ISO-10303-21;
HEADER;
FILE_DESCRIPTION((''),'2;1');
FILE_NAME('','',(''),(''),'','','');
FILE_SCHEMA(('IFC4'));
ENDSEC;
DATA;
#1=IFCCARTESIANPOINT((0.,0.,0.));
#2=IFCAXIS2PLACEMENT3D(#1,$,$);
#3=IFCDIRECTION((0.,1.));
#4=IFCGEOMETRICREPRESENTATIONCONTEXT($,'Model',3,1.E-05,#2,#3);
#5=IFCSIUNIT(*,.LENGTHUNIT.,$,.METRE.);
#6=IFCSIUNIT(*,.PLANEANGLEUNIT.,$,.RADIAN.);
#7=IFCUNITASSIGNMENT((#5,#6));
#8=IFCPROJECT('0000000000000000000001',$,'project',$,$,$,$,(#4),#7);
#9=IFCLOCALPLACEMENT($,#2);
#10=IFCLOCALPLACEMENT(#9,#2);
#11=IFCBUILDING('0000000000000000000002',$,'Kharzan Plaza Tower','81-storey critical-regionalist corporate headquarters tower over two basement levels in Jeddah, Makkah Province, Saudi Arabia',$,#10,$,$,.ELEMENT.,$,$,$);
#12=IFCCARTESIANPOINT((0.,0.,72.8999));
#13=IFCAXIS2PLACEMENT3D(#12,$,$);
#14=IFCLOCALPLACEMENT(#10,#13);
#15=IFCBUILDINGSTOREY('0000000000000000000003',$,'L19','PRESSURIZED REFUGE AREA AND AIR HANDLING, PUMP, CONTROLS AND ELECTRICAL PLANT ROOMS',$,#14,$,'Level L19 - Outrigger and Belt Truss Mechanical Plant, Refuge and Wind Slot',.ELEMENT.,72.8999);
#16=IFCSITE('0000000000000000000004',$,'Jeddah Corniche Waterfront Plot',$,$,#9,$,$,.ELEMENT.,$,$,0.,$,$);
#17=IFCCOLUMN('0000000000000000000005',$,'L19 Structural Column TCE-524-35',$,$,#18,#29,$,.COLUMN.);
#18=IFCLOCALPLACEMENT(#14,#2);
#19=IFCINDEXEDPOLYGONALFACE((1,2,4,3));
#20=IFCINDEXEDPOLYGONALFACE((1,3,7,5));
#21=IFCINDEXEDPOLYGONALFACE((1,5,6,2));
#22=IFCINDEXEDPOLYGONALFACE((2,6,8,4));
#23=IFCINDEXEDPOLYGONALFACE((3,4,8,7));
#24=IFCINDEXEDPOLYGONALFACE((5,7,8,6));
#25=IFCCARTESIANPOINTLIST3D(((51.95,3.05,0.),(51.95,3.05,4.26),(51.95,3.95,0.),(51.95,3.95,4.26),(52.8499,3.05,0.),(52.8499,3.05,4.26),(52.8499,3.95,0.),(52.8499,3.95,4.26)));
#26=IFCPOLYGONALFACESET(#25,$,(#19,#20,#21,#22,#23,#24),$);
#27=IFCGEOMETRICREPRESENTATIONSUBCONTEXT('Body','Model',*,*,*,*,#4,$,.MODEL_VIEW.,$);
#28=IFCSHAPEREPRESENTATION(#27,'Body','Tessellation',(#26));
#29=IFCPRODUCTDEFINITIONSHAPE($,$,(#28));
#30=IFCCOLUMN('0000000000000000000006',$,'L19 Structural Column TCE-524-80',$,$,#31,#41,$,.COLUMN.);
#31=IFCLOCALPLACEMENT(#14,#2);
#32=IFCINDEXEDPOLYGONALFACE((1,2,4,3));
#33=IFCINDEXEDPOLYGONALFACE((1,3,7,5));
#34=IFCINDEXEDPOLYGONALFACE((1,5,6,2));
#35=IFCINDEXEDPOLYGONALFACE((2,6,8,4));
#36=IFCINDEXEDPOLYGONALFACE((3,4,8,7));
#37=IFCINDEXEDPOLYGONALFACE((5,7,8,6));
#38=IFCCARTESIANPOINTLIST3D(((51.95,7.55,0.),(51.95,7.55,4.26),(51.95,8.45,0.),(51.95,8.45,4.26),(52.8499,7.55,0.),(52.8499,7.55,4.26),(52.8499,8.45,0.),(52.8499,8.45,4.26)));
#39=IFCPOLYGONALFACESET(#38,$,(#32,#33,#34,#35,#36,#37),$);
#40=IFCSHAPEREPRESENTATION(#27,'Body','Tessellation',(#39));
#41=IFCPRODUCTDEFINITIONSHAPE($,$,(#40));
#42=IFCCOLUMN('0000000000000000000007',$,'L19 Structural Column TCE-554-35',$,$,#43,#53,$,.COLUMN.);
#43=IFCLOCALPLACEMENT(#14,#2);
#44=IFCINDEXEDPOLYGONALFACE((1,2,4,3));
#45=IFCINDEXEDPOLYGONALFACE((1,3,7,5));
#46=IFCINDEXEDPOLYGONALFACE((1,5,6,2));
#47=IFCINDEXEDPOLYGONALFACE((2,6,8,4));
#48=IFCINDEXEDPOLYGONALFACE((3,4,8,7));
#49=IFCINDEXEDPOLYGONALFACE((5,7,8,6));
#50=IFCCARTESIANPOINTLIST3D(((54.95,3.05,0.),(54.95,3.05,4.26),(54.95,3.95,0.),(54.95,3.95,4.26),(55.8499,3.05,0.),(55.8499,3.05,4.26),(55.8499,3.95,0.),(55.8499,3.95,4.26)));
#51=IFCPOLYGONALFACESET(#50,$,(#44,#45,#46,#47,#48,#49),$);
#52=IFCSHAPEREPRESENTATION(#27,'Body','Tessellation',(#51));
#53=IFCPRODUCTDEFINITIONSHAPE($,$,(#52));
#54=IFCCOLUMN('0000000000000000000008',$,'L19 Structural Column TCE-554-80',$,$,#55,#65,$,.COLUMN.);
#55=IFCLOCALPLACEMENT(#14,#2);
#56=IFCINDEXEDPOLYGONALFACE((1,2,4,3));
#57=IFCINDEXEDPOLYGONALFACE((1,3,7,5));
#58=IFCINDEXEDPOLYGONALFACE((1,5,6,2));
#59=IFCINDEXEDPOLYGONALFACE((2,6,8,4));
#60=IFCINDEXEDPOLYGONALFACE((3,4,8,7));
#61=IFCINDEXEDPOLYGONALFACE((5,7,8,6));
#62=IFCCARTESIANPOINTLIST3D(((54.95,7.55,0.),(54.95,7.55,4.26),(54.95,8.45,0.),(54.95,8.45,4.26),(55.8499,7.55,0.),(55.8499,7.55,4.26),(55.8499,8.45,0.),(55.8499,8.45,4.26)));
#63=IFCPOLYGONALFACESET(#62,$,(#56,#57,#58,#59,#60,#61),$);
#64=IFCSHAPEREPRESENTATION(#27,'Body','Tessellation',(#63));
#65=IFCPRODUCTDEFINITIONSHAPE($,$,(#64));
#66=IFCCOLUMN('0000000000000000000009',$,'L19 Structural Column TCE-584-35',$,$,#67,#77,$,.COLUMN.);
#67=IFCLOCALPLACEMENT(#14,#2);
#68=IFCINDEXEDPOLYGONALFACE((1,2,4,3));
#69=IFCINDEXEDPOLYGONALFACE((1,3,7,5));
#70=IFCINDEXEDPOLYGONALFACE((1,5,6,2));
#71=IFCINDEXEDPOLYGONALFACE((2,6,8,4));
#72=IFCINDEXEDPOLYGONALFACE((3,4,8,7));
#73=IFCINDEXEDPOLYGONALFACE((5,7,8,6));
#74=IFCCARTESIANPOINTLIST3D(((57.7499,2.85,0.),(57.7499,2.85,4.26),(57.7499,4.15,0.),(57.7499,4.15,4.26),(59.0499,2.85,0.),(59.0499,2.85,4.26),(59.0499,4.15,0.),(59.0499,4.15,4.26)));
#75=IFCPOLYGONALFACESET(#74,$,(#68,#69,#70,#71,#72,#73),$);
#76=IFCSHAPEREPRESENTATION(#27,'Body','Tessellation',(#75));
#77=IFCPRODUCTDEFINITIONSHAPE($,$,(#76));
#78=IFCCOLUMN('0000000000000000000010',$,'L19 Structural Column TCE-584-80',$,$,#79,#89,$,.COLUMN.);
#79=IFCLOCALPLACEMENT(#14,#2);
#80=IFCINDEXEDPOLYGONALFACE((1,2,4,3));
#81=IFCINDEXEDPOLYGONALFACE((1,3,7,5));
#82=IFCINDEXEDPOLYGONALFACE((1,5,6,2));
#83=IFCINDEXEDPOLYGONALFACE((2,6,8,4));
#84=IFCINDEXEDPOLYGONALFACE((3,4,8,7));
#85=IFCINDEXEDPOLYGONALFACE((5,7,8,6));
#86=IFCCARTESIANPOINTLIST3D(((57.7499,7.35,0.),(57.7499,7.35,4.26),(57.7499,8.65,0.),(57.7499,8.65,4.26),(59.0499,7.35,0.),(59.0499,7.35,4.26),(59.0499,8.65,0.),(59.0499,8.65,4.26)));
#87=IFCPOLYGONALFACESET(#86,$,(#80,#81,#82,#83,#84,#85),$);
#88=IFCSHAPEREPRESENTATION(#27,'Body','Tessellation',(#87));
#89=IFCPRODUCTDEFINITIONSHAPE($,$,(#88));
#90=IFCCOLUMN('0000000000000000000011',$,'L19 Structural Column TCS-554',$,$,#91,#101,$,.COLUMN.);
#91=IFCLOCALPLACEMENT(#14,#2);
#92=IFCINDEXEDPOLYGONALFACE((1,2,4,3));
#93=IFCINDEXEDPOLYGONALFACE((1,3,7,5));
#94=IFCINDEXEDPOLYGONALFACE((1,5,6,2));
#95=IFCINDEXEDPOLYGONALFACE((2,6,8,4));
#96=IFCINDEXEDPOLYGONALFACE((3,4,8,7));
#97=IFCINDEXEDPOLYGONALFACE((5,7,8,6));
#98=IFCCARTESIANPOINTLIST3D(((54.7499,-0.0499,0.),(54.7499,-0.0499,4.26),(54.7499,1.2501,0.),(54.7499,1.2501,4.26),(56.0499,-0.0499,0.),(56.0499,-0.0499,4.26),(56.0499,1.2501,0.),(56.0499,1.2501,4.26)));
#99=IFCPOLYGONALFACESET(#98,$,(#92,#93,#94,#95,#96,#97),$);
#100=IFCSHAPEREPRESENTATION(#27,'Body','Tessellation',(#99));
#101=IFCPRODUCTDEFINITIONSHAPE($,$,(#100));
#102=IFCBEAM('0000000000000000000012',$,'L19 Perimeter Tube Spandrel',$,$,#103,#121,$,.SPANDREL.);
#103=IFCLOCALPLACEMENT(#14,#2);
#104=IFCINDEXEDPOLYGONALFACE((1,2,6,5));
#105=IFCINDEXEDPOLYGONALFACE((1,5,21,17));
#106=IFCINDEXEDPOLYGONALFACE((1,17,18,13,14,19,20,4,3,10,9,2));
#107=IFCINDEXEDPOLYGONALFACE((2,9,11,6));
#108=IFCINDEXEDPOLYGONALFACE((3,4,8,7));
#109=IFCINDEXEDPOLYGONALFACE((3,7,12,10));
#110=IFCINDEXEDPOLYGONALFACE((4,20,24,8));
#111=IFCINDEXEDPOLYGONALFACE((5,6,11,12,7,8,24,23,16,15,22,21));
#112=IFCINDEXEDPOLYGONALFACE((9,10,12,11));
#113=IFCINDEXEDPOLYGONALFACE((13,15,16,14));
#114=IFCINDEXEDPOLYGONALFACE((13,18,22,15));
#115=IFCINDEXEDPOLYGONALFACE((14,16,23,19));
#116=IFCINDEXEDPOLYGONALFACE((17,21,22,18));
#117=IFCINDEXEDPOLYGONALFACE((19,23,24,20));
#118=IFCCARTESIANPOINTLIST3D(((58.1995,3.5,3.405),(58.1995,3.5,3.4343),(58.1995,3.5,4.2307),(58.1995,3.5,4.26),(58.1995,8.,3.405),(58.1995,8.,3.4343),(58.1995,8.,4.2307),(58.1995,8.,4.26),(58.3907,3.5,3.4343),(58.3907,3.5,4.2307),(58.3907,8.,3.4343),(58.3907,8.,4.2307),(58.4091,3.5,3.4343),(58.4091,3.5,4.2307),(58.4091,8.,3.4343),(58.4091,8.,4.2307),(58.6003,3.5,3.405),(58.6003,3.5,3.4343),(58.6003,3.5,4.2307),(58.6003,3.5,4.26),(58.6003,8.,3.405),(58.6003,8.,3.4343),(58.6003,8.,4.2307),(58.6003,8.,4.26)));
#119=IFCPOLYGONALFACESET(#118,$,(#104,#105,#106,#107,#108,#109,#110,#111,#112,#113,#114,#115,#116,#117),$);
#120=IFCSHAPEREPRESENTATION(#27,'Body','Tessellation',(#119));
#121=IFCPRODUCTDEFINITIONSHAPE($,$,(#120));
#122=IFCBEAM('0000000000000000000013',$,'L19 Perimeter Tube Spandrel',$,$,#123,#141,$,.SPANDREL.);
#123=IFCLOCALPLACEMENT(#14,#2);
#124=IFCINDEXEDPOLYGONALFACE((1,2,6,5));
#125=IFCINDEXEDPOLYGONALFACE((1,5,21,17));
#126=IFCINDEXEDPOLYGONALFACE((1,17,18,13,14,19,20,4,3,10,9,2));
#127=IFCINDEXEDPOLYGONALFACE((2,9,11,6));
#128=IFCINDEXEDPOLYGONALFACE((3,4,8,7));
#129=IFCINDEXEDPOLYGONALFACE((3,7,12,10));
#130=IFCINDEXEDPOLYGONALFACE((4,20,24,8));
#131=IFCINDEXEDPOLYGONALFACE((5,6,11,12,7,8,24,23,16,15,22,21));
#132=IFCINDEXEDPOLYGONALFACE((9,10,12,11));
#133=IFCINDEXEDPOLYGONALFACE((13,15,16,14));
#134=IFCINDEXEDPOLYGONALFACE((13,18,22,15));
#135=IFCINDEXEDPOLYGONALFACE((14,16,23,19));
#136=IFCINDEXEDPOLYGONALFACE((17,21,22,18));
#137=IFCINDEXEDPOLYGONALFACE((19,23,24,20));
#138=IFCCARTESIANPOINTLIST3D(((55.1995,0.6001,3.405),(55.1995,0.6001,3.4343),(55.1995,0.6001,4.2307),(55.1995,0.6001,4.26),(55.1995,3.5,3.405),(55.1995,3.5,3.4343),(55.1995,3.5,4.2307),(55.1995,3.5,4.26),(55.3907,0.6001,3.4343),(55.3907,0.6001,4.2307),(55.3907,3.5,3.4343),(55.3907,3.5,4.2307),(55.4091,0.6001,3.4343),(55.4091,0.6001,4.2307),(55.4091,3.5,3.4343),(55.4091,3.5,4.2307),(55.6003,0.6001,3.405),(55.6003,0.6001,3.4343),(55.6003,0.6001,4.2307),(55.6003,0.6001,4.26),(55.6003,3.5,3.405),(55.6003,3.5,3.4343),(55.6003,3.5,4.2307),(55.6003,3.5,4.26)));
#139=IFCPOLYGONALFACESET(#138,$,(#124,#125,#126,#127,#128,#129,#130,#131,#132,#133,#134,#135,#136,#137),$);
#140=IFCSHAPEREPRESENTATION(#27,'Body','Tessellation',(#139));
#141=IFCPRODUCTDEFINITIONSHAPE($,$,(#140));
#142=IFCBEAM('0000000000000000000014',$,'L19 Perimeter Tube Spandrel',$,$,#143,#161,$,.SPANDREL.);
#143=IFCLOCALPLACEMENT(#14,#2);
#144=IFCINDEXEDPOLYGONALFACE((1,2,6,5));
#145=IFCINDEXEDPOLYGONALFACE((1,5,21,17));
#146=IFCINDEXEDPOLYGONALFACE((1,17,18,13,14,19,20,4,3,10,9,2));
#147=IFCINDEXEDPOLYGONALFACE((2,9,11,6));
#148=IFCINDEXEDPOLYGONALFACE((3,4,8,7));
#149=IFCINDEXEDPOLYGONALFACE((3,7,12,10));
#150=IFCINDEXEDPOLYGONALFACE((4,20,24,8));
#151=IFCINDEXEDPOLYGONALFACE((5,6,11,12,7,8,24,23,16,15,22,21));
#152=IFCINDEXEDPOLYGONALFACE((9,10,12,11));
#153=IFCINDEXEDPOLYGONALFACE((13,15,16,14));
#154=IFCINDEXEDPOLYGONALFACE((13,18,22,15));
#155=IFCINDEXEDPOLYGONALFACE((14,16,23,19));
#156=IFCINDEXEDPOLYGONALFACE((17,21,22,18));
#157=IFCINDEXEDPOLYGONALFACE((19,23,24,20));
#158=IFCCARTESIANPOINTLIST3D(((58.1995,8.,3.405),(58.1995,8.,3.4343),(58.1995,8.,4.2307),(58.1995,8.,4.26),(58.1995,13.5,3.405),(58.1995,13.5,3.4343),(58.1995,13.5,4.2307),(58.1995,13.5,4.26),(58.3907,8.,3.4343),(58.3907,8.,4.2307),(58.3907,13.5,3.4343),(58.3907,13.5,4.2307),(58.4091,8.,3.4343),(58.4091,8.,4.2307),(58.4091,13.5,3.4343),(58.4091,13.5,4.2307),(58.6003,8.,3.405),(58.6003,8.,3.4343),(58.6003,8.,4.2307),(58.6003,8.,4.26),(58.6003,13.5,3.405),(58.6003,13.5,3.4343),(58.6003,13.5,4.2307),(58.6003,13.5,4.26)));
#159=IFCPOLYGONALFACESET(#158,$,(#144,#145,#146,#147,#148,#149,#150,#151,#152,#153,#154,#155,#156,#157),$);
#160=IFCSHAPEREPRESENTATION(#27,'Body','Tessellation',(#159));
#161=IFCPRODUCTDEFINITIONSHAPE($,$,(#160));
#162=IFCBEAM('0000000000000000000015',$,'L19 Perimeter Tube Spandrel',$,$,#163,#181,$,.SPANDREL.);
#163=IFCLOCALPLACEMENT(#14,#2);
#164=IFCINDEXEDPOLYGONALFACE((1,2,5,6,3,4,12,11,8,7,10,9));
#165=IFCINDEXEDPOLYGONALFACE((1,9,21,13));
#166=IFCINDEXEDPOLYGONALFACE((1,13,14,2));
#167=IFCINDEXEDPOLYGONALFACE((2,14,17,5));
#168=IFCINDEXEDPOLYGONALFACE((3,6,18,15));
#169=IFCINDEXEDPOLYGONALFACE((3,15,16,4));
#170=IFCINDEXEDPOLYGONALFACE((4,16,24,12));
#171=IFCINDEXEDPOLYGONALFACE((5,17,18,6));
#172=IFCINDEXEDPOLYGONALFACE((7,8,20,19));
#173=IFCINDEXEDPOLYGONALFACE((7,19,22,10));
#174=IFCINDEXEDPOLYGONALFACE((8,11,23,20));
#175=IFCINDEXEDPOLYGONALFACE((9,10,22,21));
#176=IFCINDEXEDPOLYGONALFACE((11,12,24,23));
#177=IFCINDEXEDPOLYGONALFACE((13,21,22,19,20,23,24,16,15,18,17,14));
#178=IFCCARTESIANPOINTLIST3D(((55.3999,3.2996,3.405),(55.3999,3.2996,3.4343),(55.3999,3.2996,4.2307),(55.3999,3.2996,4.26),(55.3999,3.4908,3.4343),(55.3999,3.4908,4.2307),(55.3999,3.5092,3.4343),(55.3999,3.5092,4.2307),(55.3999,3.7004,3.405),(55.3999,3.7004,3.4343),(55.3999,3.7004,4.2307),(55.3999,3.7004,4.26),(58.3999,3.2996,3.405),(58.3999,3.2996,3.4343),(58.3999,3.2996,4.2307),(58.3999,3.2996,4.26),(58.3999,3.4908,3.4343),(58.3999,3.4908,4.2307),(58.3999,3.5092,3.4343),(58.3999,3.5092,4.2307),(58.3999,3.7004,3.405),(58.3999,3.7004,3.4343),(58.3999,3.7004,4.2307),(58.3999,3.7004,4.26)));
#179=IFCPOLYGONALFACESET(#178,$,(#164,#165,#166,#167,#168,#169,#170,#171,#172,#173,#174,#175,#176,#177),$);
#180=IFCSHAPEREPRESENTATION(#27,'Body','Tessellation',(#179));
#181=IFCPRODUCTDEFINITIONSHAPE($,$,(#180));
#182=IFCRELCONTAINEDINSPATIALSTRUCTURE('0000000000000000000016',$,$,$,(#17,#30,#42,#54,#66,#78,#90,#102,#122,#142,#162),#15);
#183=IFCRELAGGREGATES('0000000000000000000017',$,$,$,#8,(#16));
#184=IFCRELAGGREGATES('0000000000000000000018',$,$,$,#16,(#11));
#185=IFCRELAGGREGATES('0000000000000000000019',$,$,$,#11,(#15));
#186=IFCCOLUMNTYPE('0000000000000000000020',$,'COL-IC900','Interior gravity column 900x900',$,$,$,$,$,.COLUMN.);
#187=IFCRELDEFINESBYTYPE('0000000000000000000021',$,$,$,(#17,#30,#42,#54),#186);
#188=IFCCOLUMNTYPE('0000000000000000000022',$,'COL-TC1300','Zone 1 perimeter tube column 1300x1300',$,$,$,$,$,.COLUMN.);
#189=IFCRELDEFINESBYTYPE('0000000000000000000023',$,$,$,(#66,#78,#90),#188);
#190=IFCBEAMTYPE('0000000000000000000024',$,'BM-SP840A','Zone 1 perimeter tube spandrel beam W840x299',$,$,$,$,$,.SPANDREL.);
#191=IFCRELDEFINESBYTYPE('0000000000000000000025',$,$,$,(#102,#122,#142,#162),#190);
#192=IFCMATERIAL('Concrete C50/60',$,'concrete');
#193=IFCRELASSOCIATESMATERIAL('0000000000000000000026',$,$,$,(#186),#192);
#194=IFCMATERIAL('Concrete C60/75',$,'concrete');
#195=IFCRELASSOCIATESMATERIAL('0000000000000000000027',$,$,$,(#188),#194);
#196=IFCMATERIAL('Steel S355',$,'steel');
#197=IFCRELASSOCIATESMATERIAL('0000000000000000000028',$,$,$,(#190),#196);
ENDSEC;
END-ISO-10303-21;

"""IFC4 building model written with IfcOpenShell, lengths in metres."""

from ifc_helpers import new_model, si_unit, direction, frame, origin, origin_2d, place, context, subcontext, project, spatial, rectangle, i_section, extrude, source, transform, mapped, material, material_profile, profile_set, type_object, element, save


model = new_model("IFC4")

# Units and contexts
model_context = context("Model", 3, precision=1e-05, world=origin(), true_north=direction((0.0, 1.0)))
body_context = subcontext(model_context, "Body", "Model", "MODEL_VIEW")
ifc_project = project(units=[si_unit("LENGTHUNIT", "METRE"), si_unit("PLANEANGLEUNIT", "RADIAN")], contexts=[model_context])

# Site, building, storey
site_placement = place(None, origin())
site = spatial("IfcSite", under=ifc_project, at=site_placement, Name="Jeddah Corniche Waterfront Plot", CompositionType="ELEMENT", RefElevation=0.0)
building_placement = place(site_placement, origin())
building = spatial("IfcBuilding", under=site, at=building_placement, Name="Kharzan Plaza Tower", Description="81-storey critical-regionalist corporate headquarters tower over two basement levels in Jeddah, Makkah Province, Saudi Arabia", CompositionType="ELEMENT")
storey_placement = place(building_placement, frame((0.0, 0.0, 72.8999)))
storey = spatial("IfcBuildingStorey", under=building, at=storey_placement, Name="L19", Description="PRESSURIZED REFUGE AREA AND AIR HANDLING, PUMP, CONTROLS AND ELECTRICAL PLANT ROOMS", LongName="Level L19 - Outrigger and Belt Truss Mechanical Plant, Refuge and Wind Slot", CompositionType="ELEMENT", Elevation=72.8999)

# Columns
ifc_material_1 = material(Name="Concrete C50/60", Category="concrete")
ifc_material_profile_1 = material_profile(ifc_material_1, rectangle(XDim=0.8999, YDim=0.8999, at=origin_2d()), Name="RC-IC900x900")
ifc_profile_set_1 = profile_set([ifc_material_profile_1], Name="Concrete C50/60")
column_type_1 = type_object("IfcColumnType", Name="COL-IC900", Description="Interior gravity column 900x900", PredefinedType="COLUMN", material=ifc_profile_set_1)
shared_shape_1 = source(origin(), body_context, "Body", "SweptSolid", [
    extrude(rectangle(XDim=0.8999, YDim=0.8999, at=origin_2d()), origin(), (0.0, 0.0, 1.0), 4.26),
])
for number, where, z_axis, x_axis, name in (
    (1, (52.3999, 3.5, 0.0), (0.0, 0.0, 1.0), (1.0, 0.0, 0.0), "L19 Structural Column TCE-524-35"),
    (2, (52.3999, 8.0, 0.0), (0.0, 0.0, 1.0), (1.0, 0.0, 0.0), "L19 Structural Column TCE-524-80"),
    (3, (55.3999, 3.5, 0.0), (0.0, 0.0, 1.0), (1.0, 0.0, 0.0), "L19 Structural Column TCE-554-35"),
    (4, (55.3999, 8.0, 0.0), (0.0, 0.0, 1.0), (1.0, 0.0, 0.0), "L19 Structural Column TCE-554-80"),
):
    element("IfcColumn", number, at=place(storey_placement, frame(where, z_axis=z_axis, x_axis=x_axis)), inside=storey, type_object=column_type_1, Name=name, PredefinedType="COLUMN", context=body_context, shape_type="MappedRepresentation", body=[
        mapped(shared_shape_1, transform((0.0, 0.0, 0.0), x_axis=(1.0, 0.0, 0.0), y_axis=(0.0, 1.0, 0.0), z_axis=(0.0, 0.0, 1.0))),
    ])
ifc_material_2 = material(Name="Concrete C60/75", Category="concrete")
ifc_material_profile_2 = material_profile(ifc_material_2, rectangle(XDim=1.3, YDim=1.3, at=origin_2d()), Name="RC-TC1300x1300")
ifc_profile_set_2 = profile_set([ifc_material_profile_2], Name="Concrete C60/75")
column_type_2 = type_object("IfcColumnType", Name="COL-TC1300", Description="Zone 1 perimeter tube column 1300x1300", PredefinedType="COLUMN", material=ifc_profile_set_2)
shared_shape_2 = source(origin(), body_context, "Body", "SweptSolid", [
    extrude(rectangle(XDim=1.3, YDim=1.3, at=origin_2d()), origin(), (0.0, 0.0, 1.0), 4.26),
])
for number, where, z_axis, x_axis, name in (
    (5, (58.3999, 3.5, 0.0), (0.0, 0.0, 1.0), (1.0, 0.0, 0.0), "L19 Structural Column TCE-584-35"),
    (6, (58.3999, 8.0, 0.0), (0.0, 0.0, 1.0), (1.0, 0.0, 0.0), "L19 Structural Column TCE-584-80"),
    (7, (55.3999, 0.6001, 0.0), (0.0, 0.0, 1.0), (1.0, 0.0, 0.0), "L19 Structural Column TCS-554"),
):
    element("IfcColumn", number, at=place(storey_placement, frame(where, z_axis=z_axis, x_axis=x_axis)), inside=storey, type_object=column_type_2, Name=name, PredefinedType="COLUMN", context=body_context, shape_type="MappedRepresentation", body=[
        mapped(shared_shape_2, transform((0.0, 0.0, 0.0), x_axis=(1.0, 0.0, 0.0), y_axis=(0.0, 1.0, 0.0), z_axis=(0.0, 0.0, 1.0))),
    ])

# Beams
ifc_material_3 = material(Name="Steel S355", Category="steel")
ifc_material_profile_3 = material_profile(ifc_material_3, i_section(OverallWidth=0.4009, OverallDepth=0.855, WebThickness=0.0183, FlangeThickness=0.0293, at=origin_2d()), Name="W840x299")
ifc_profile_set_3 = profile_set([ifc_material_profile_3], Name="Steel S355")
beam_type_1 = type_object("IfcBeamType", Name="BM-SP840A", Description="Zone 1 perimeter tube spandrel beam W840x299", PredefinedType="SPANDREL", material=ifc_profile_set_3)
shared_shape_3 = source(origin(), body_context, "Body", "SweptSolid", [
    extrude(i_section(OverallWidth=0.4009, OverallDepth=0.855, WebThickness=0.0183, FlangeThickness=0.0293, at=origin_2d()), origin(), (0.0, 0.0, 1.0), 4.5),
])
beam_1_placement = place(storey_placement, frame((58.3999, 3.5, 3.8325), z_axis=(0.0, 1.0, 0.0), x_axis=(-1.0, 0.0, 0.0)))
element("IfcBeam", 8, at=beam_1_placement, inside=storey, type_object=beam_type_1, Name="L19 Perimeter Tube Spandrel", PredefinedType="SPANDREL", context=body_context, shape_type="MappedRepresentation", body=[
    mapped(shared_shape_3, transform((0.0, 0.0, 0.0), x_axis=(1.0, 0.0, 0.0), y_axis=(0.0, 1.0, 0.0), z_axis=(0.0, 0.0, 1.0))),
])
shared_shape_4 = source(origin(), body_context, "Body", "SweptSolid", [
    extrude(i_section(OverallWidth=0.4009, OverallDepth=0.855, WebThickness=0.0183, FlangeThickness=0.0293, at=origin_2d()), origin(), (0.0, 0.0, 1.0), 2.8999),
])
beam_2_placement = place(storey_placement, frame((55.3999, 0.6001, 3.8325), z_axis=(0.0, 1.0, 0.0), x_axis=(-1.0, 0.0, 0.0)))
element("IfcBeam", 9, at=beam_2_placement, inside=storey, type_object=beam_type_1, Name="L19 Perimeter Tube Spandrel", PredefinedType="SPANDREL", context=body_context, shape_type="MappedRepresentation", body=[
    mapped(shared_shape_4, transform((0.0, 0.0, 0.0), x_axis=(1.0, 0.0, 0.0), y_axis=(0.0, 1.0, 0.0), z_axis=(0.0, 0.0, 1.0))),
])
shared_shape_5 = source(origin(), body_context, "Body", "SweptSolid", [
    extrude(i_section(OverallWidth=0.4009, OverallDepth=0.855, WebThickness=0.0183, FlangeThickness=0.0293, at=origin_2d()), origin(), (0.0, 0.0, 1.0), 5.5),
])
beam_3_placement = place(storey_placement, frame((58.3999, 8.0, 3.8325), z_axis=(0.0, 1.0, 0.0), x_axis=(-1.0, 0.0, 0.0)))
element("IfcBeam", 10, at=beam_3_placement, inside=storey, type_object=beam_type_1, Name="L19 Perimeter Tube Spandrel", PredefinedType="SPANDREL", context=body_context, shape_type="MappedRepresentation", body=[
    mapped(shared_shape_5, transform((0.0, 0.0, 0.0), x_axis=(1.0, 0.0, 0.0), y_axis=(0.0, 1.0, 0.0), z_axis=(0.0, 0.0, 1.0))),
])
shared_shape_6 = source(origin(), body_context, "Body", "SweptSolid", [
    extrude(i_section(OverallWidth=0.4009, OverallDepth=0.855, WebThickness=0.0183, FlangeThickness=0.0293, at=origin_2d()), origin(), (0.0, 0.0, 1.0), 3.0),
])
beam_4_placement = place(storey_placement, frame((55.3999, 3.5, 3.8325), z_axis=(1.0, 0.0, 0.0), x_axis=(0.0, 1.0, 0.0)))
element("IfcBeam", 11, at=beam_4_placement, inside=storey, type_object=beam_type_1, Name="L19 Perimeter Tube Spandrel", PredefinedType="SPANDREL", context=body_context, shape_type="MappedRepresentation", body=[
    mapped(shared_shape_6, transform((0.0, 0.0, 0.0), x_axis=(1.0, 0.0, 0.0), y_axis=(0.0, 1.0, 0.0), z_axis=(0.0, 0.0, 1.0))),
])

save(model, "model.ifc")
